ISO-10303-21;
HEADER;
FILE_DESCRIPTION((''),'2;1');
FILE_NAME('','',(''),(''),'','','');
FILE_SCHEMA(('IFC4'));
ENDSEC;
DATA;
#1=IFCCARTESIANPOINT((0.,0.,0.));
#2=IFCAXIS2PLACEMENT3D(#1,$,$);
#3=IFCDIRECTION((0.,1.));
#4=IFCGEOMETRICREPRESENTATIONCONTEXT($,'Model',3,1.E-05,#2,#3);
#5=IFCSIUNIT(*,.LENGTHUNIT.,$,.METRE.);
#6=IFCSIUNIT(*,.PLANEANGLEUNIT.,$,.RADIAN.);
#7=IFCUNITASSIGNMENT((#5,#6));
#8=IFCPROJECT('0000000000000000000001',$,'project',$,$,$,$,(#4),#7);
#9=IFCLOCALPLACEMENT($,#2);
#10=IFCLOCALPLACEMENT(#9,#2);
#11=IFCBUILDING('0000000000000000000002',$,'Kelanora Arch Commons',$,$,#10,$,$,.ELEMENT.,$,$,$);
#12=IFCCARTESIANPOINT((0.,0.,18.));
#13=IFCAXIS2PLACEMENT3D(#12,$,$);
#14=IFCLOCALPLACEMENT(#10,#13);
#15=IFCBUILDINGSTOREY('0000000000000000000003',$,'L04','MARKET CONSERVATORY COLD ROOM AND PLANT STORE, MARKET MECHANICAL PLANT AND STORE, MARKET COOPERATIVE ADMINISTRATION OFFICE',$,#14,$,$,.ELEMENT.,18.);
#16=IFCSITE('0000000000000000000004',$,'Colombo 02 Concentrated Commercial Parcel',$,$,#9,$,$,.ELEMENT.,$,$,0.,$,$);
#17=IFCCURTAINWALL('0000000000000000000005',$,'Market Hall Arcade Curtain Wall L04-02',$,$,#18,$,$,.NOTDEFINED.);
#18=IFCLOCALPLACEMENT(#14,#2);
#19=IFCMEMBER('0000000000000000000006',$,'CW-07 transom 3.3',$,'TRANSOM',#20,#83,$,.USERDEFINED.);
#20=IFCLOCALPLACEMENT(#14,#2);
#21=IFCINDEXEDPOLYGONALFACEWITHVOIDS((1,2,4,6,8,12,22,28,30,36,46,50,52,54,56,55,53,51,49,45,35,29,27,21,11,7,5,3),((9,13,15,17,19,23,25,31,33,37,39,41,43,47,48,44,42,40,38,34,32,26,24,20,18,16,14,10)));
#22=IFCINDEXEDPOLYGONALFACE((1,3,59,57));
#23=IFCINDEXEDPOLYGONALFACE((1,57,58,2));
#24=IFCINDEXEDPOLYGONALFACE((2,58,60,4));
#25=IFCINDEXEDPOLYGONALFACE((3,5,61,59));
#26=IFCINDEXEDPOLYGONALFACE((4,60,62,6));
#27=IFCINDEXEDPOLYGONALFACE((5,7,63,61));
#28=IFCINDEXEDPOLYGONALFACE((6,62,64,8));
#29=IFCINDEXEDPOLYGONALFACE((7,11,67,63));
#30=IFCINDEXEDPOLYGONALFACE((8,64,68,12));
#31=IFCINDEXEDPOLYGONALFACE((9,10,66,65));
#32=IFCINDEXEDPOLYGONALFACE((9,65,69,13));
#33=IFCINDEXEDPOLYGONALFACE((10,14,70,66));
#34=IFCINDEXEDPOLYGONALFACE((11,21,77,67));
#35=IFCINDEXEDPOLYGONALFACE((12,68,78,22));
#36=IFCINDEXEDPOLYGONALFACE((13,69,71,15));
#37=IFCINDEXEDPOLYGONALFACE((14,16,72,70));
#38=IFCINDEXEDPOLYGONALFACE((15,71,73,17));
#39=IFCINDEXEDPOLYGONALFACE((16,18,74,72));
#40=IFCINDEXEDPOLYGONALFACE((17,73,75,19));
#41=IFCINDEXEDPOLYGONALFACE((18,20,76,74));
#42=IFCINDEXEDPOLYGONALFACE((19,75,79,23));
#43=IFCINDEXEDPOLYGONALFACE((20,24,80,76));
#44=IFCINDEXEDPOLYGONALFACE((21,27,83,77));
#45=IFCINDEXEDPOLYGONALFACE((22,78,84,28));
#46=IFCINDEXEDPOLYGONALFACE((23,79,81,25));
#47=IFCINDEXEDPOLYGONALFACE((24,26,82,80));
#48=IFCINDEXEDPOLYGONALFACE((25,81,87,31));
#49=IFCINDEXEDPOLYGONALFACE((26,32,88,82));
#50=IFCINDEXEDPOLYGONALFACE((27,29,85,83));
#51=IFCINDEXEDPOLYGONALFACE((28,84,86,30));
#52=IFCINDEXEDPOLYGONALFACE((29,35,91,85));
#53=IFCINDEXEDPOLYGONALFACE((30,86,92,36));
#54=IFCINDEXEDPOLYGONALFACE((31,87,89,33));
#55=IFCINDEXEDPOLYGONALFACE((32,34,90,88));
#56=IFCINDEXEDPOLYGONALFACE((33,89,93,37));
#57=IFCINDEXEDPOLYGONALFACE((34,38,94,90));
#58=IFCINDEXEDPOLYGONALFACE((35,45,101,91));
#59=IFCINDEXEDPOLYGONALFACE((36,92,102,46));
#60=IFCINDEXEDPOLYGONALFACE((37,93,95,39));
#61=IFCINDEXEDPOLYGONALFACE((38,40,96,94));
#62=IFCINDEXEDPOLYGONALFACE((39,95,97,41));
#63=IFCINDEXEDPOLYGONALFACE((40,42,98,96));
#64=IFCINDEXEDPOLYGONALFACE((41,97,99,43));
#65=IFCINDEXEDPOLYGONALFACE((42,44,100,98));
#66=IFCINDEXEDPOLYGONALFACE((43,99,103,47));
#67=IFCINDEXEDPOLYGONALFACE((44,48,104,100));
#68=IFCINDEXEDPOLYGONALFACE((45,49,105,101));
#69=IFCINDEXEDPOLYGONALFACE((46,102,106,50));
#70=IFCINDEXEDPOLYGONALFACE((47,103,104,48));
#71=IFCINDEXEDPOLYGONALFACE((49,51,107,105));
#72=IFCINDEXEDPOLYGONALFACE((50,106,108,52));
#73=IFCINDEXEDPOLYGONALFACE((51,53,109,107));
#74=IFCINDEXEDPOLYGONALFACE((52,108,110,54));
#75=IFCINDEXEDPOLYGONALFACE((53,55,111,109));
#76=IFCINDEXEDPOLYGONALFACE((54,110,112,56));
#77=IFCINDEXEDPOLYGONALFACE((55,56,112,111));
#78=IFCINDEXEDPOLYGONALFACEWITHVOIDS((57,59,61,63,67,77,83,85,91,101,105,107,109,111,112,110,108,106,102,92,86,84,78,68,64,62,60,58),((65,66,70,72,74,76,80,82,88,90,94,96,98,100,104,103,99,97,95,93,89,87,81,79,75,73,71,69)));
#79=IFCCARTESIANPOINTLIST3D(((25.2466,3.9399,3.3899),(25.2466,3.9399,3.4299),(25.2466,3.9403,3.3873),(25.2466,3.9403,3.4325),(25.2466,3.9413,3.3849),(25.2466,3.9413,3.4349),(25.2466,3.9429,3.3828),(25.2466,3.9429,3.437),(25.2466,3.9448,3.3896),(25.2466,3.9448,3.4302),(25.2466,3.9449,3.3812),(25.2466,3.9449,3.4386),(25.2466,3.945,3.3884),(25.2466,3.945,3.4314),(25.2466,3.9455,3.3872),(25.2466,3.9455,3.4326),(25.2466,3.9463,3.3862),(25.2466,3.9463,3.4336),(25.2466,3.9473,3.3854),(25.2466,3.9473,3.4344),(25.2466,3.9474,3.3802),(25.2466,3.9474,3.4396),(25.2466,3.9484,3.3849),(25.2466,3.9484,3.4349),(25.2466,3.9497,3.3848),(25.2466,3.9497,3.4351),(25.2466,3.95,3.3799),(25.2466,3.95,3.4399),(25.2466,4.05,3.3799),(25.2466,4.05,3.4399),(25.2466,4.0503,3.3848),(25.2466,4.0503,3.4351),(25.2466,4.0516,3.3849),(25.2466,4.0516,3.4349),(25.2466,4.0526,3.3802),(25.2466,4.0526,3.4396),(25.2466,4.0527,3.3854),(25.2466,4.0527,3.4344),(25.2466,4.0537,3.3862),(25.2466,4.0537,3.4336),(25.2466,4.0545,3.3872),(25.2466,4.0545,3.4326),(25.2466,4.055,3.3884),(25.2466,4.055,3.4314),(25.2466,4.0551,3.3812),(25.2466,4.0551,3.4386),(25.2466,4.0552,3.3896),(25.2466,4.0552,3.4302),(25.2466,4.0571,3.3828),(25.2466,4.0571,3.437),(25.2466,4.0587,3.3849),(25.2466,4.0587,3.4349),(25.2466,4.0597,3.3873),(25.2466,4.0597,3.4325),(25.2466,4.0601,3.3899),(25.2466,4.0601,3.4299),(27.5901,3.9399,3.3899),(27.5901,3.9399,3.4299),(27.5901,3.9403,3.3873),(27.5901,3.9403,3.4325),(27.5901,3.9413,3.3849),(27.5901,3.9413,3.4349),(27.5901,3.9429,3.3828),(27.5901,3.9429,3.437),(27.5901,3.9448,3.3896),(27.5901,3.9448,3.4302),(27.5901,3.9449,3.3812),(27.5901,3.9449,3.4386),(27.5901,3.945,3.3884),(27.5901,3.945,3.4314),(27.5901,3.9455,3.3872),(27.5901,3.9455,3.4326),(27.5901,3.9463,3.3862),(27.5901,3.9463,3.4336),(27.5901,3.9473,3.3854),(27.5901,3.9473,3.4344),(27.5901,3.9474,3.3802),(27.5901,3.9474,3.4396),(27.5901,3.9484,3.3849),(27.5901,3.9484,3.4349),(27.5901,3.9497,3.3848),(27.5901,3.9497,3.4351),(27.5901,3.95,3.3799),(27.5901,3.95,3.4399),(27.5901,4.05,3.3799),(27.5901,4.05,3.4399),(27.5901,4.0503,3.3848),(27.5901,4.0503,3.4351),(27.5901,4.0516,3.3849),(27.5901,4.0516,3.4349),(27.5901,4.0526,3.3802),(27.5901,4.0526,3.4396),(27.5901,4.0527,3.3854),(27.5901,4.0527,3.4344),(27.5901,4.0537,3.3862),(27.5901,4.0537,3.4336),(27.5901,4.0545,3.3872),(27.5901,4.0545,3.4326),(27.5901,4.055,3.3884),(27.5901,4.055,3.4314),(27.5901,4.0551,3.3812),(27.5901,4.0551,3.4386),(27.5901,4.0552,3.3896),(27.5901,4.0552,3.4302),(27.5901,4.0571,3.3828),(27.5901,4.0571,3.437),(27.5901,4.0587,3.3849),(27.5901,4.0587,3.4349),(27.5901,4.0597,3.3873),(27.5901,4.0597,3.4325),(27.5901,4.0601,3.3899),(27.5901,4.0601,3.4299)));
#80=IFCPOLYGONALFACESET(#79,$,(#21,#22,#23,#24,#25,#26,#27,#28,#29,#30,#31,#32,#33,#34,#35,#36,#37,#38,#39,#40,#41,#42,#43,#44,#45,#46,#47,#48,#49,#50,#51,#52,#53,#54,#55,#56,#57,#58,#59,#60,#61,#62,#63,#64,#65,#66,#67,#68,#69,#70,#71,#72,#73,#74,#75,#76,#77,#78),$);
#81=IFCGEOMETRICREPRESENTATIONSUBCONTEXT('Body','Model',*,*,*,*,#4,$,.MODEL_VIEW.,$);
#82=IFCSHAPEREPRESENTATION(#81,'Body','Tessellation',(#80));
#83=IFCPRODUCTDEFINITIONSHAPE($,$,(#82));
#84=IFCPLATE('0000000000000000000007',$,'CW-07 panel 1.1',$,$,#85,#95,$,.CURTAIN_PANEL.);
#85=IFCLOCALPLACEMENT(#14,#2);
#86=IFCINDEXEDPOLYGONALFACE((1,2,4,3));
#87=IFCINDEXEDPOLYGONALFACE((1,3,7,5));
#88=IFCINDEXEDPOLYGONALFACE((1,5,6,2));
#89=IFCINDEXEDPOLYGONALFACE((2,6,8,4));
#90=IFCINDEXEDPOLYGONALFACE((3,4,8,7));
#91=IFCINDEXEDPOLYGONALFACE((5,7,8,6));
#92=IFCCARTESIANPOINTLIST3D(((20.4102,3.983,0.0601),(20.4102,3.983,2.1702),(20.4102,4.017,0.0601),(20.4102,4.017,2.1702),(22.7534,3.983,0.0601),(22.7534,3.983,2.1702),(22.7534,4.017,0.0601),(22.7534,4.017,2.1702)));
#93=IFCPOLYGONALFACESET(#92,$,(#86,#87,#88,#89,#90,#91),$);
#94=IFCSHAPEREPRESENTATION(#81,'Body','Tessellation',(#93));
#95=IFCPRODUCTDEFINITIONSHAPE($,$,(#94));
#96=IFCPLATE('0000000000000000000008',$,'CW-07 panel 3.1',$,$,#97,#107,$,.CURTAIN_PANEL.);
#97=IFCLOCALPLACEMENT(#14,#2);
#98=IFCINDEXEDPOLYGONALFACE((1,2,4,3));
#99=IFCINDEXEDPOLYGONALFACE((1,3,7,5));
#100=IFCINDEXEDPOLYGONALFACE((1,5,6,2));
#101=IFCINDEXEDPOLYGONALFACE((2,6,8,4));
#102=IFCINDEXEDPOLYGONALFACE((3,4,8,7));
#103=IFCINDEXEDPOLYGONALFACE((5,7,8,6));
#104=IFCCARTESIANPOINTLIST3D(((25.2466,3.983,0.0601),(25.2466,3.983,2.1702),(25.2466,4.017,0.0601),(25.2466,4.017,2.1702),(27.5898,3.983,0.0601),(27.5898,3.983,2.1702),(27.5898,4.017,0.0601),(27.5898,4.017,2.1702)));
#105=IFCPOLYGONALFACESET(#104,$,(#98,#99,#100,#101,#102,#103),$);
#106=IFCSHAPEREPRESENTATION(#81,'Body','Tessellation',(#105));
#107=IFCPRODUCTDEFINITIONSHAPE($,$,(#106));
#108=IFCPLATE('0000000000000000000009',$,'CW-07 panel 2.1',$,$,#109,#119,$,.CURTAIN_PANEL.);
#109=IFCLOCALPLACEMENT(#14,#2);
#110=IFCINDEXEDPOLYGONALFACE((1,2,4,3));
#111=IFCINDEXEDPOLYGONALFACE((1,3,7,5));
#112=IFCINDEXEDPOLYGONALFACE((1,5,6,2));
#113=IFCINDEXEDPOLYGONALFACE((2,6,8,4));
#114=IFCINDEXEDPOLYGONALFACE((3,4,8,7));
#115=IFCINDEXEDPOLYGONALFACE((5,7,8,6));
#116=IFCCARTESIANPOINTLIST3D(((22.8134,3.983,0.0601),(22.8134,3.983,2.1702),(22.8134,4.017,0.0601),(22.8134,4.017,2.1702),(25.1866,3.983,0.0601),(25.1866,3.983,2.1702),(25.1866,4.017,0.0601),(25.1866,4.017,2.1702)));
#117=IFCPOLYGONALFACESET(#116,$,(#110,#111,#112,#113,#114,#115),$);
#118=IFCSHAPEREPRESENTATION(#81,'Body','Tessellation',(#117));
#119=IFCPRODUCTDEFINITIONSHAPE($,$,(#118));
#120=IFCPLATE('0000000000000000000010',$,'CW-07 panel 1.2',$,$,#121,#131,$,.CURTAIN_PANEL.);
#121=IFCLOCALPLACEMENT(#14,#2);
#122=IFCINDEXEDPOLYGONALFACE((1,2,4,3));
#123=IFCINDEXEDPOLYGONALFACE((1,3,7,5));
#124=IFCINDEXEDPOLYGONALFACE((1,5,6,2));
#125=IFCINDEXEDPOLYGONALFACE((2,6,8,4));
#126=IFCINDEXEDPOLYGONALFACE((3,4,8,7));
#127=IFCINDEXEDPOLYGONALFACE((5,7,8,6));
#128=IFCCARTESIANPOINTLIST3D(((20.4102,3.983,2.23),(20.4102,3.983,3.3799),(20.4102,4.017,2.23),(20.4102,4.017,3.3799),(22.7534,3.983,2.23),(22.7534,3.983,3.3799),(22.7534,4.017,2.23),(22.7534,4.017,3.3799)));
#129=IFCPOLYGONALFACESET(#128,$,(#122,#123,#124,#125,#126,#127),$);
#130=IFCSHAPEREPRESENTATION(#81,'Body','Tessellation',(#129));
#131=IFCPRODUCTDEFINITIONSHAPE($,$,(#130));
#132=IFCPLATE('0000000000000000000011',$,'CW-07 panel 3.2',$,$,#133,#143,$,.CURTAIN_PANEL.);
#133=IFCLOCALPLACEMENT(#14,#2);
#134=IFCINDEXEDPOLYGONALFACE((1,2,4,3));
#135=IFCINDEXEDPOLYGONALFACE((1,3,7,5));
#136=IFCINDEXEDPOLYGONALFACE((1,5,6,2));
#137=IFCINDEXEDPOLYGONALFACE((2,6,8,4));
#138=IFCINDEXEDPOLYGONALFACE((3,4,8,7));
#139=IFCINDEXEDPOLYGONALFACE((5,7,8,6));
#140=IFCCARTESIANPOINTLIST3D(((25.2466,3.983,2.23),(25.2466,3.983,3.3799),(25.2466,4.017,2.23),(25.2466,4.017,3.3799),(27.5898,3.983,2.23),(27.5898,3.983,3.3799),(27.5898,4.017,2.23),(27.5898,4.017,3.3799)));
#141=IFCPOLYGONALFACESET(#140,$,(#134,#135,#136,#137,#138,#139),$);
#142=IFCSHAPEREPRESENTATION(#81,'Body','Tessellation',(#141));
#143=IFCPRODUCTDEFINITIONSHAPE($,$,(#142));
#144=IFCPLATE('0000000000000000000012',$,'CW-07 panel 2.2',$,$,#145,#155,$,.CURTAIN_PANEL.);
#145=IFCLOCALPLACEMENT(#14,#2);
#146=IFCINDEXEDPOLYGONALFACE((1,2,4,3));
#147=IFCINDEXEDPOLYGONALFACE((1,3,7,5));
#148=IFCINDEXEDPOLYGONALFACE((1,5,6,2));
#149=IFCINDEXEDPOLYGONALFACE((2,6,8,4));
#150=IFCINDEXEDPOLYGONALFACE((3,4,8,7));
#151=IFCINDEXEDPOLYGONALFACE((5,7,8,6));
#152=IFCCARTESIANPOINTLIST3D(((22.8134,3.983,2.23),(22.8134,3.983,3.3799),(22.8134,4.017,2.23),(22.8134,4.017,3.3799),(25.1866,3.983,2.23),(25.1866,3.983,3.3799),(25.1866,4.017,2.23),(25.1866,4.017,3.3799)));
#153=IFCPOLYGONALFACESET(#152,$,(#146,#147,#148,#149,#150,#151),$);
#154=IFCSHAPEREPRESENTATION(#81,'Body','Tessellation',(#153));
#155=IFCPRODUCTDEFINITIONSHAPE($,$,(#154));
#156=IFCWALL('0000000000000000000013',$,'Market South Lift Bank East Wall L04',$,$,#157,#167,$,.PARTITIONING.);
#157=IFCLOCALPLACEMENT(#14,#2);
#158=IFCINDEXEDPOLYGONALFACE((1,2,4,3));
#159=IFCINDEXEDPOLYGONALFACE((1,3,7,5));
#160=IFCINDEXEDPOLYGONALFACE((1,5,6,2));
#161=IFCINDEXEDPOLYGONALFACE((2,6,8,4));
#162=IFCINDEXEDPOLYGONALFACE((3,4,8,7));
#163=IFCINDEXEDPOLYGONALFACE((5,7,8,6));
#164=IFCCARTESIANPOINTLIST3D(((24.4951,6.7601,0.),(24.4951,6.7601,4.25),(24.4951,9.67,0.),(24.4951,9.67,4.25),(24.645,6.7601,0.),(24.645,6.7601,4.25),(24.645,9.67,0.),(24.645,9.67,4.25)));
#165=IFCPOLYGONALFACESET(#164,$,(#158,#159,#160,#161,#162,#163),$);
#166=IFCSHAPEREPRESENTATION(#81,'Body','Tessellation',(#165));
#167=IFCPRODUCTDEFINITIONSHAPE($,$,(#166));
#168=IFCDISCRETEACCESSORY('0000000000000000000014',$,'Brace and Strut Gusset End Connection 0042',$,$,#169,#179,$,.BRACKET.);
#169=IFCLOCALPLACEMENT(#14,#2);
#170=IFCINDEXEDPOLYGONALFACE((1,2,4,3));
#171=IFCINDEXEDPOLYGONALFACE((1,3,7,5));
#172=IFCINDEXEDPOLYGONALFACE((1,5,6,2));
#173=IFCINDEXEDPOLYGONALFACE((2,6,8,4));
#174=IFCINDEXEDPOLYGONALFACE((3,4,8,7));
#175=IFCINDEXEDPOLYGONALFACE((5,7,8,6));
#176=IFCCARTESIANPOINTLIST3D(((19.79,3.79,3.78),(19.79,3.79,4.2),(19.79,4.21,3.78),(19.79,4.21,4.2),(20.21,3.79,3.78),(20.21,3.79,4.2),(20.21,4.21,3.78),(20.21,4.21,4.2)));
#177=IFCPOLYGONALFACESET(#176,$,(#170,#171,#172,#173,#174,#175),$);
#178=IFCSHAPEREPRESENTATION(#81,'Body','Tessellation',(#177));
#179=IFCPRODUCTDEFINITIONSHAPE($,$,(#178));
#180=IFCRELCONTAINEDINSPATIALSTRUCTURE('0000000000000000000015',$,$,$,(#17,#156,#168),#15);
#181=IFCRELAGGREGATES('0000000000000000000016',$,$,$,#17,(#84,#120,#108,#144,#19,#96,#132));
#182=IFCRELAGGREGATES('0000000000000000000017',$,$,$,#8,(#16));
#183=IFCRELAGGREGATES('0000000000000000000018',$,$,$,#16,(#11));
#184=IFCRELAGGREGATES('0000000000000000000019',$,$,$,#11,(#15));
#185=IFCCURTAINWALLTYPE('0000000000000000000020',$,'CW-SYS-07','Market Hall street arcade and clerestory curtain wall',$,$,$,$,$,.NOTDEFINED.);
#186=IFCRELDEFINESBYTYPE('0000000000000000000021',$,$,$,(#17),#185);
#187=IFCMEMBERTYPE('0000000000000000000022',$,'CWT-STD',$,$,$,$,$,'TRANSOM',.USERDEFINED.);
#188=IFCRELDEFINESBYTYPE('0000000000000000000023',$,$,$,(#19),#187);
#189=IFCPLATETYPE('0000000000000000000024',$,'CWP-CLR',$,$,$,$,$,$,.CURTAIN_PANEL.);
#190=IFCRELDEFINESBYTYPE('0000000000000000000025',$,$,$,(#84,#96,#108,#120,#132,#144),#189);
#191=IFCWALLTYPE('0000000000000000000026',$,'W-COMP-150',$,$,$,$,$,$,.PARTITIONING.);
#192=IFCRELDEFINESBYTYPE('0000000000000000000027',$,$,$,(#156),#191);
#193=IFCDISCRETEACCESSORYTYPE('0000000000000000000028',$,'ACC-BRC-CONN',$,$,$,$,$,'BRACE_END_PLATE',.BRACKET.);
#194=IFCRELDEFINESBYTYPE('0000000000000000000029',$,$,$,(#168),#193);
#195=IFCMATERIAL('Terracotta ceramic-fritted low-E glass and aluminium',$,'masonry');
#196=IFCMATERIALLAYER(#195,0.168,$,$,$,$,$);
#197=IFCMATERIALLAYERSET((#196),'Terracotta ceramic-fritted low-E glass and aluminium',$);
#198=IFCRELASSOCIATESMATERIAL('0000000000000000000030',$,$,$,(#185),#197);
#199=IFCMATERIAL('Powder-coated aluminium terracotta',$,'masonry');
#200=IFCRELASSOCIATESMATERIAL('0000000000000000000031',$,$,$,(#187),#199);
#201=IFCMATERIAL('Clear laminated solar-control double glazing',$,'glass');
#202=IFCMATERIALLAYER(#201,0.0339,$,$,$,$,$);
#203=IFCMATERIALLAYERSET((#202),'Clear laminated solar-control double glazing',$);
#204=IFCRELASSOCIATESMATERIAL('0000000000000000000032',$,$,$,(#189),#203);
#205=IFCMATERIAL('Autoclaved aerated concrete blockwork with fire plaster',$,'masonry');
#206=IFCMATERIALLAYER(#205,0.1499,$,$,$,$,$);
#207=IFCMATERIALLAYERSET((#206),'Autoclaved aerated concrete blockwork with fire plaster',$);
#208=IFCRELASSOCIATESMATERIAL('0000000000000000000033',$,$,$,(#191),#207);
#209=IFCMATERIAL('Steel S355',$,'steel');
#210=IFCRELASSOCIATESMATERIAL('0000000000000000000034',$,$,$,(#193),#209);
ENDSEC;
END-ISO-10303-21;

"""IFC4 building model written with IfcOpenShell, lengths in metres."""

from ifc_helpers import new_model, si_unit, direction, frame, frame_2d, origin, origin_2d, place, context, subcontext, project, spatial, rectangle, hollow_rectangle, extrude, source, transform, mapped, material, layer, layer_set, material_profile, profile_set, type_object, element, aggregate, save


model = new_model("IFC4")

# Units and contexts
model_context = context("Model", 3, precision=1e-05, world=origin(), true_north=direction((0.0, 1.0)))
body_context = subcontext(model_context, "Body", "Model", "MODEL_VIEW")
ifc_project = project(units=[si_unit("LENGTHUNIT", "METRE"), si_unit("PLANEANGLEUNIT", "RADIAN")], contexts=[model_context])

# Site, building, storey
site_placement = place(None, origin())
site = spatial("IfcSite", under=ifc_project, at=site_placement, Name="Colombo 02 Concentrated Commercial Parcel", CompositionType="ELEMENT", RefElevation=0.0)
building_placement = place(site_placement, origin())
building = spatial("IfcBuilding", under=site, at=building_placement, Name="Kelanora Arch Commons", CompositionType="ELEMENT")
storey_placement = place(building_placement, frame((0.0, 0.0, 18.0)))
storey = spatial("IfcBuildingStorey", under=building, at=storey_placement, Name="L04", Description="MARKET CONSERVATORY COLD ROOM AND PLANT STORE, MARKET MECHANICAL PLANT AND STORE, MARKET COOPERATIVE ADMINISTRATION OFFICE", CompositionType="ELEMENT", Elevation=18.0)

# Shared definitions
ifc_material_1 = material(Name="Steel S355", Category="steel")

# Curtain wall, member, plates
ifc_material_2 = material(Name="Terracotta ceramic-fritted low-E glass and aluminium", Category="masonry")
ifc_layer_1 = layer(ifc_material_2, 0.168)
ifc_layer_set_1 = layer_set([ifc_layer_1], Name="Terracotta ceramic-fritted low-E glass and aluminium")
curtain_wall_type = type_object("IfcCurtainWallType", Name="CW-SYS-07", Description="Market Hall street arcade and clerestory curtain wall", PredefinedType="NOTDEFINED", material=ifc_layer_set_1)
curtain_wall_placement = place(storey_placement, origin())
curtain_wall = element("IfcCurtainWall", 1, at=curtain_wall_placement, inside=storey, type_object=curtain_wall_type, Name="Market Hall Arcade Curtain Wall L04-02", PredefinedType="NOTDEFINED")
ifc_material_3 = material(Name="Powder-coated aluminium terracotta", Category="masonry")
ifc_material_profile_1 = material_profile(ifc_material_3, hollow_rectangle(XDim=0.1201, YDim=0.0601, WallThickness=0.0049, InnerFilletRadius=0.0049, OuterFilletRadius=0.01, at=origin_2d()), Name="CWT120x60")
ifc_profile_set_1 = profile_set([ifc_material_profile_1], Name="Powder-coated aluminium terracotta")
member_type_1 = type_object("IfcMemberType", Name="CWT-STD", ElementType="TRANSOM", PredefinedType="USERDEFINED", material=ifc_profile_set_1)
member_1_placement = place(storey_placement, frame((25.2466, 4.0, 3.4099), z_axis=(1.0, 0.0, 0.0), x_axis=(0.0, 1.0, 0.0)))
member_1 = element("IfcMember", 2, at=member_1_placement, type_object=member_type_1, Name="CW-07 transom 3.3", ObjectType="TRANSOM", PredefinedType="USERDEFINED", context=body_context, shape_type="SweptSolid", body=[
    extrude(hollow_rectangle(XDim=0.1201, YDim=0.0601, WallThickness=0.0049, InnerFilletRadius=0.0049, OuterFilletRadius=0.01, at=origin_2d()), origin(), (0.0, 0.0, 1.0), 2.3435),
])
ifc_material_4 = material(Name="Clear laminated solar-control double glazing", Category="glass")
ifc_layer_2 = layer(ifc_material_4, 0.0339)
ifc_layer_set_2 = layer_set([ifc_layer_2], Name="Clear laminated solar-control double glazing")
plate_type = type_object("IfcPlateType", Name="CWP-CLR", PredefinedType="CURTAIN_PANEL", material=ifc_layer_set_2)
shared_shape_1 = source(origin(), body_context, "Body", "SweptSolid", [
    extrude(rectangle(XDim=2.3433, YDim=0.0339, at=origin_2d()), origin(), (0.0, 0.0, 1.0), 2.1101),
])
plate_1_placement = place(storey_placement, frame((21.5818, 4.0, 0.0601), z_axis=(0.0, 0.0, 1.0), x_axis=(1.0, 0.0, 0.0)))
plate_1 = element("IfcPlate", 3, at=plate_1_placement, type_object=plate_type, Name="CW-07 panel 1.1", PredefinedType="CURTAIN_PANEL", context=body_context, shape_type="MappedRepresentation", body=[
    mapped(shared_shape_1, transform((0.0, 0.0, 0.0), scale=1.0)),
])
plate_2_placement = place(storey_placement, frame((26.4182, 4.0, 0.0601), z_axis=(0.0, 0.0, 1.0), x_axis=(1.0, 0.0, 0.0)))
plate_2 = element("IfcPlate", 4, at=plate_2_placement, type_object=plate_type, Name="CW-07 panel 3.1", PredefinedType="CURTAIN_PANEL", context=body_context, shape_type="MappedRepresentation", body=[
    mapped(shared_shape_1, transform((0.0, 0.0, 0.0), scale=1.0)),
])
shared_shape_2 = source(origin(), body_context, "Body", "SweptSolid", [
    extrude(rectangle(XDim=2.3733, YDim=0.0339, at=origin_2d()), origin(), (0.0, 0.0, 1.0), 2.1101),
])
plate_3_placement = place(storey_placement, frame((24.0, 4.0, 0.0601), z_axis=(0.0, 0.0, 1.0), x_axis=(1.0, 0.0, 0.0)))
plate_3 = element("IfcPlate", 5, at=plate_3_placement, type_object=plate_type, Name="CW-07 panel 2.1", PredefinedType="CURTAIN_PANEL", context=body_context, shape_type="MappedRepresentation", body=[
    mapped(shared_shape_2, transform((0.0, 0.0, 0.0), scale=1.0)),
])
shared_shape_3 = source(origin(), body_context, "Body", "SweptSolid", [
    extrude(rectangle(XDim=2.3433, YDim=0.0339, at=origin_2d()), origin(), (0.0, 0.0, 1.0), 1.1499),
])
plate_4_placement = place(storey_placement, frame((21.5818, 4.0, 2.23), z_axis=(0.0, 0.0, 1.0), x_axis=(1.0, 0.0, 0.0)))
plate_4 = element("IfcPlate", 6, at=plate_4_placement, type_object=plate_type, Name="CW-07 panel 1.2", PredefinedType="CURTAIN_PANEL", context=body_context, shape_type="MappedRepresentation", body=[
    mapped(shared_shape_3, transform((0.0, 0.0, 0.0), scale=1.0)),
])
plate_5_placement = place(storey_placement, frame((26.4182, 4.0, 2.23), z_axis=(0.0, 0.0, 1.0), x_axis=(1.0, 0.0, 0.0)))
plate_5 = element("IfcPlate", 7, at=plate_5_placement, type_object=plate_type, Name="CW-07 panel 3.2", PredefinedType="CURTAIN_PANEL", context=body_context, shape_type="MappedRepresentation", body=[
    mapped(shared_shape_3, transform((0.0, 0.0, 0.0), scale=1.0)),
])
shared_shape_4 = source(origin(), body_context, "Body", "SweptSolid", [
    extrude(rectangle(XDim=2.3733, YDim=0.0339, at=origin_2d()), origin(), (0.0, 0.0, 1.0), 1.1499),
])
plate_6_placement = place(storey_placement, frame((24.0, 4.0, 2.23), z_axis=(0.0, 0.0, 1.0), x_axis=(1.0, 0.0, 0.0)))
plate_6 = element("IfcPlate", 8, at=plate_6_placement, type_object=plate_type, Name="CW-07 panel 2.2", PredefinedType="CURTAIN_PANEL", context=body_context, shape_type="MappedRepresentation", body=[
    mapped(shared_shape_4, transform((0.0, 0.0, 0.0), scale=1.0)),
])
aggregate(curtain_wall, [plate_1, plate_4, plate_3, plate_6, member_1, plate_2, plate_5])

# Wall
ifc_material_5 = material(Name="Autoclaved aerated concrete blockwork with fire plaster", Category="masonry")
ifc_layer_3 = layer(ifc_material_5, 0.1499)
ifc_layer_set_3 = layer_set([ifc_layer_3], Name="Autoclaved aerated concrete blockwork with fire plaster")
wall_type = type_object("IfcWallType", Name="W-COMP-150", PredefinedType="PARTITIONING", material=ifc_layer_set_3)
wall_placement = place(storey_placement, frame((24.5701, 6.76, 0.0), z_axis=(0.0, 0.0, 1.0), x_axis=(0.0, 1.0, 0.0)))
element("IfcWall", 9, at=wall_placement, inside=storey, type_object=wall_type, Name="Market South Lift Bank East Wall L04", PredefinedType="PARTITIONING", context=body_context, shape_type="SweptSolid", body=[
    extrude(rectangle(XDim=2.9099, YDim=0.1499, at=frame_2d((1.4551, 0.0))), origin(), (0.0, 0.0, 1.0), 4.25),
])

# Discrete accessory
discrete_accessory_type = type_object("IfcDiscreteAccessoryType", Name="ACC-BRC-CONN", ElementType="BRACE_END_PLATE", PredefinedType="BRACKET", material=ifc_material_1)
shared_shape_5 = source(origin(), body_context, "Body", "SweptSolid", [
    extrude(rectangle(XDim=0.4199, YDim=0.4199, at=origin_2d()), origin(), (0.0, 0.0, 1.0), 0.4199),
])
discrete_accessory_placement = place(storey_placement, frame((20.0, 4.0, 3.78), z_axis=(0.0, 0.0, 1.0), x_axis=(1.0, 0.0, 0.0)))
element("IfcDiscreteAccessory", 10, at=discrete_accessory_placement, inside=storey, type_object=discrete_accessory_type, Name="Brace and Strut Gusset End Connection 0042", PredefinedType="BRACKET", context=body_context, shape_type="MappedRepresentation", body=[
    mapped(shared_shape_5, transform((0.0, 0.0, 0.0), scale=1.0)),
])

save(model, "model.ifc")
